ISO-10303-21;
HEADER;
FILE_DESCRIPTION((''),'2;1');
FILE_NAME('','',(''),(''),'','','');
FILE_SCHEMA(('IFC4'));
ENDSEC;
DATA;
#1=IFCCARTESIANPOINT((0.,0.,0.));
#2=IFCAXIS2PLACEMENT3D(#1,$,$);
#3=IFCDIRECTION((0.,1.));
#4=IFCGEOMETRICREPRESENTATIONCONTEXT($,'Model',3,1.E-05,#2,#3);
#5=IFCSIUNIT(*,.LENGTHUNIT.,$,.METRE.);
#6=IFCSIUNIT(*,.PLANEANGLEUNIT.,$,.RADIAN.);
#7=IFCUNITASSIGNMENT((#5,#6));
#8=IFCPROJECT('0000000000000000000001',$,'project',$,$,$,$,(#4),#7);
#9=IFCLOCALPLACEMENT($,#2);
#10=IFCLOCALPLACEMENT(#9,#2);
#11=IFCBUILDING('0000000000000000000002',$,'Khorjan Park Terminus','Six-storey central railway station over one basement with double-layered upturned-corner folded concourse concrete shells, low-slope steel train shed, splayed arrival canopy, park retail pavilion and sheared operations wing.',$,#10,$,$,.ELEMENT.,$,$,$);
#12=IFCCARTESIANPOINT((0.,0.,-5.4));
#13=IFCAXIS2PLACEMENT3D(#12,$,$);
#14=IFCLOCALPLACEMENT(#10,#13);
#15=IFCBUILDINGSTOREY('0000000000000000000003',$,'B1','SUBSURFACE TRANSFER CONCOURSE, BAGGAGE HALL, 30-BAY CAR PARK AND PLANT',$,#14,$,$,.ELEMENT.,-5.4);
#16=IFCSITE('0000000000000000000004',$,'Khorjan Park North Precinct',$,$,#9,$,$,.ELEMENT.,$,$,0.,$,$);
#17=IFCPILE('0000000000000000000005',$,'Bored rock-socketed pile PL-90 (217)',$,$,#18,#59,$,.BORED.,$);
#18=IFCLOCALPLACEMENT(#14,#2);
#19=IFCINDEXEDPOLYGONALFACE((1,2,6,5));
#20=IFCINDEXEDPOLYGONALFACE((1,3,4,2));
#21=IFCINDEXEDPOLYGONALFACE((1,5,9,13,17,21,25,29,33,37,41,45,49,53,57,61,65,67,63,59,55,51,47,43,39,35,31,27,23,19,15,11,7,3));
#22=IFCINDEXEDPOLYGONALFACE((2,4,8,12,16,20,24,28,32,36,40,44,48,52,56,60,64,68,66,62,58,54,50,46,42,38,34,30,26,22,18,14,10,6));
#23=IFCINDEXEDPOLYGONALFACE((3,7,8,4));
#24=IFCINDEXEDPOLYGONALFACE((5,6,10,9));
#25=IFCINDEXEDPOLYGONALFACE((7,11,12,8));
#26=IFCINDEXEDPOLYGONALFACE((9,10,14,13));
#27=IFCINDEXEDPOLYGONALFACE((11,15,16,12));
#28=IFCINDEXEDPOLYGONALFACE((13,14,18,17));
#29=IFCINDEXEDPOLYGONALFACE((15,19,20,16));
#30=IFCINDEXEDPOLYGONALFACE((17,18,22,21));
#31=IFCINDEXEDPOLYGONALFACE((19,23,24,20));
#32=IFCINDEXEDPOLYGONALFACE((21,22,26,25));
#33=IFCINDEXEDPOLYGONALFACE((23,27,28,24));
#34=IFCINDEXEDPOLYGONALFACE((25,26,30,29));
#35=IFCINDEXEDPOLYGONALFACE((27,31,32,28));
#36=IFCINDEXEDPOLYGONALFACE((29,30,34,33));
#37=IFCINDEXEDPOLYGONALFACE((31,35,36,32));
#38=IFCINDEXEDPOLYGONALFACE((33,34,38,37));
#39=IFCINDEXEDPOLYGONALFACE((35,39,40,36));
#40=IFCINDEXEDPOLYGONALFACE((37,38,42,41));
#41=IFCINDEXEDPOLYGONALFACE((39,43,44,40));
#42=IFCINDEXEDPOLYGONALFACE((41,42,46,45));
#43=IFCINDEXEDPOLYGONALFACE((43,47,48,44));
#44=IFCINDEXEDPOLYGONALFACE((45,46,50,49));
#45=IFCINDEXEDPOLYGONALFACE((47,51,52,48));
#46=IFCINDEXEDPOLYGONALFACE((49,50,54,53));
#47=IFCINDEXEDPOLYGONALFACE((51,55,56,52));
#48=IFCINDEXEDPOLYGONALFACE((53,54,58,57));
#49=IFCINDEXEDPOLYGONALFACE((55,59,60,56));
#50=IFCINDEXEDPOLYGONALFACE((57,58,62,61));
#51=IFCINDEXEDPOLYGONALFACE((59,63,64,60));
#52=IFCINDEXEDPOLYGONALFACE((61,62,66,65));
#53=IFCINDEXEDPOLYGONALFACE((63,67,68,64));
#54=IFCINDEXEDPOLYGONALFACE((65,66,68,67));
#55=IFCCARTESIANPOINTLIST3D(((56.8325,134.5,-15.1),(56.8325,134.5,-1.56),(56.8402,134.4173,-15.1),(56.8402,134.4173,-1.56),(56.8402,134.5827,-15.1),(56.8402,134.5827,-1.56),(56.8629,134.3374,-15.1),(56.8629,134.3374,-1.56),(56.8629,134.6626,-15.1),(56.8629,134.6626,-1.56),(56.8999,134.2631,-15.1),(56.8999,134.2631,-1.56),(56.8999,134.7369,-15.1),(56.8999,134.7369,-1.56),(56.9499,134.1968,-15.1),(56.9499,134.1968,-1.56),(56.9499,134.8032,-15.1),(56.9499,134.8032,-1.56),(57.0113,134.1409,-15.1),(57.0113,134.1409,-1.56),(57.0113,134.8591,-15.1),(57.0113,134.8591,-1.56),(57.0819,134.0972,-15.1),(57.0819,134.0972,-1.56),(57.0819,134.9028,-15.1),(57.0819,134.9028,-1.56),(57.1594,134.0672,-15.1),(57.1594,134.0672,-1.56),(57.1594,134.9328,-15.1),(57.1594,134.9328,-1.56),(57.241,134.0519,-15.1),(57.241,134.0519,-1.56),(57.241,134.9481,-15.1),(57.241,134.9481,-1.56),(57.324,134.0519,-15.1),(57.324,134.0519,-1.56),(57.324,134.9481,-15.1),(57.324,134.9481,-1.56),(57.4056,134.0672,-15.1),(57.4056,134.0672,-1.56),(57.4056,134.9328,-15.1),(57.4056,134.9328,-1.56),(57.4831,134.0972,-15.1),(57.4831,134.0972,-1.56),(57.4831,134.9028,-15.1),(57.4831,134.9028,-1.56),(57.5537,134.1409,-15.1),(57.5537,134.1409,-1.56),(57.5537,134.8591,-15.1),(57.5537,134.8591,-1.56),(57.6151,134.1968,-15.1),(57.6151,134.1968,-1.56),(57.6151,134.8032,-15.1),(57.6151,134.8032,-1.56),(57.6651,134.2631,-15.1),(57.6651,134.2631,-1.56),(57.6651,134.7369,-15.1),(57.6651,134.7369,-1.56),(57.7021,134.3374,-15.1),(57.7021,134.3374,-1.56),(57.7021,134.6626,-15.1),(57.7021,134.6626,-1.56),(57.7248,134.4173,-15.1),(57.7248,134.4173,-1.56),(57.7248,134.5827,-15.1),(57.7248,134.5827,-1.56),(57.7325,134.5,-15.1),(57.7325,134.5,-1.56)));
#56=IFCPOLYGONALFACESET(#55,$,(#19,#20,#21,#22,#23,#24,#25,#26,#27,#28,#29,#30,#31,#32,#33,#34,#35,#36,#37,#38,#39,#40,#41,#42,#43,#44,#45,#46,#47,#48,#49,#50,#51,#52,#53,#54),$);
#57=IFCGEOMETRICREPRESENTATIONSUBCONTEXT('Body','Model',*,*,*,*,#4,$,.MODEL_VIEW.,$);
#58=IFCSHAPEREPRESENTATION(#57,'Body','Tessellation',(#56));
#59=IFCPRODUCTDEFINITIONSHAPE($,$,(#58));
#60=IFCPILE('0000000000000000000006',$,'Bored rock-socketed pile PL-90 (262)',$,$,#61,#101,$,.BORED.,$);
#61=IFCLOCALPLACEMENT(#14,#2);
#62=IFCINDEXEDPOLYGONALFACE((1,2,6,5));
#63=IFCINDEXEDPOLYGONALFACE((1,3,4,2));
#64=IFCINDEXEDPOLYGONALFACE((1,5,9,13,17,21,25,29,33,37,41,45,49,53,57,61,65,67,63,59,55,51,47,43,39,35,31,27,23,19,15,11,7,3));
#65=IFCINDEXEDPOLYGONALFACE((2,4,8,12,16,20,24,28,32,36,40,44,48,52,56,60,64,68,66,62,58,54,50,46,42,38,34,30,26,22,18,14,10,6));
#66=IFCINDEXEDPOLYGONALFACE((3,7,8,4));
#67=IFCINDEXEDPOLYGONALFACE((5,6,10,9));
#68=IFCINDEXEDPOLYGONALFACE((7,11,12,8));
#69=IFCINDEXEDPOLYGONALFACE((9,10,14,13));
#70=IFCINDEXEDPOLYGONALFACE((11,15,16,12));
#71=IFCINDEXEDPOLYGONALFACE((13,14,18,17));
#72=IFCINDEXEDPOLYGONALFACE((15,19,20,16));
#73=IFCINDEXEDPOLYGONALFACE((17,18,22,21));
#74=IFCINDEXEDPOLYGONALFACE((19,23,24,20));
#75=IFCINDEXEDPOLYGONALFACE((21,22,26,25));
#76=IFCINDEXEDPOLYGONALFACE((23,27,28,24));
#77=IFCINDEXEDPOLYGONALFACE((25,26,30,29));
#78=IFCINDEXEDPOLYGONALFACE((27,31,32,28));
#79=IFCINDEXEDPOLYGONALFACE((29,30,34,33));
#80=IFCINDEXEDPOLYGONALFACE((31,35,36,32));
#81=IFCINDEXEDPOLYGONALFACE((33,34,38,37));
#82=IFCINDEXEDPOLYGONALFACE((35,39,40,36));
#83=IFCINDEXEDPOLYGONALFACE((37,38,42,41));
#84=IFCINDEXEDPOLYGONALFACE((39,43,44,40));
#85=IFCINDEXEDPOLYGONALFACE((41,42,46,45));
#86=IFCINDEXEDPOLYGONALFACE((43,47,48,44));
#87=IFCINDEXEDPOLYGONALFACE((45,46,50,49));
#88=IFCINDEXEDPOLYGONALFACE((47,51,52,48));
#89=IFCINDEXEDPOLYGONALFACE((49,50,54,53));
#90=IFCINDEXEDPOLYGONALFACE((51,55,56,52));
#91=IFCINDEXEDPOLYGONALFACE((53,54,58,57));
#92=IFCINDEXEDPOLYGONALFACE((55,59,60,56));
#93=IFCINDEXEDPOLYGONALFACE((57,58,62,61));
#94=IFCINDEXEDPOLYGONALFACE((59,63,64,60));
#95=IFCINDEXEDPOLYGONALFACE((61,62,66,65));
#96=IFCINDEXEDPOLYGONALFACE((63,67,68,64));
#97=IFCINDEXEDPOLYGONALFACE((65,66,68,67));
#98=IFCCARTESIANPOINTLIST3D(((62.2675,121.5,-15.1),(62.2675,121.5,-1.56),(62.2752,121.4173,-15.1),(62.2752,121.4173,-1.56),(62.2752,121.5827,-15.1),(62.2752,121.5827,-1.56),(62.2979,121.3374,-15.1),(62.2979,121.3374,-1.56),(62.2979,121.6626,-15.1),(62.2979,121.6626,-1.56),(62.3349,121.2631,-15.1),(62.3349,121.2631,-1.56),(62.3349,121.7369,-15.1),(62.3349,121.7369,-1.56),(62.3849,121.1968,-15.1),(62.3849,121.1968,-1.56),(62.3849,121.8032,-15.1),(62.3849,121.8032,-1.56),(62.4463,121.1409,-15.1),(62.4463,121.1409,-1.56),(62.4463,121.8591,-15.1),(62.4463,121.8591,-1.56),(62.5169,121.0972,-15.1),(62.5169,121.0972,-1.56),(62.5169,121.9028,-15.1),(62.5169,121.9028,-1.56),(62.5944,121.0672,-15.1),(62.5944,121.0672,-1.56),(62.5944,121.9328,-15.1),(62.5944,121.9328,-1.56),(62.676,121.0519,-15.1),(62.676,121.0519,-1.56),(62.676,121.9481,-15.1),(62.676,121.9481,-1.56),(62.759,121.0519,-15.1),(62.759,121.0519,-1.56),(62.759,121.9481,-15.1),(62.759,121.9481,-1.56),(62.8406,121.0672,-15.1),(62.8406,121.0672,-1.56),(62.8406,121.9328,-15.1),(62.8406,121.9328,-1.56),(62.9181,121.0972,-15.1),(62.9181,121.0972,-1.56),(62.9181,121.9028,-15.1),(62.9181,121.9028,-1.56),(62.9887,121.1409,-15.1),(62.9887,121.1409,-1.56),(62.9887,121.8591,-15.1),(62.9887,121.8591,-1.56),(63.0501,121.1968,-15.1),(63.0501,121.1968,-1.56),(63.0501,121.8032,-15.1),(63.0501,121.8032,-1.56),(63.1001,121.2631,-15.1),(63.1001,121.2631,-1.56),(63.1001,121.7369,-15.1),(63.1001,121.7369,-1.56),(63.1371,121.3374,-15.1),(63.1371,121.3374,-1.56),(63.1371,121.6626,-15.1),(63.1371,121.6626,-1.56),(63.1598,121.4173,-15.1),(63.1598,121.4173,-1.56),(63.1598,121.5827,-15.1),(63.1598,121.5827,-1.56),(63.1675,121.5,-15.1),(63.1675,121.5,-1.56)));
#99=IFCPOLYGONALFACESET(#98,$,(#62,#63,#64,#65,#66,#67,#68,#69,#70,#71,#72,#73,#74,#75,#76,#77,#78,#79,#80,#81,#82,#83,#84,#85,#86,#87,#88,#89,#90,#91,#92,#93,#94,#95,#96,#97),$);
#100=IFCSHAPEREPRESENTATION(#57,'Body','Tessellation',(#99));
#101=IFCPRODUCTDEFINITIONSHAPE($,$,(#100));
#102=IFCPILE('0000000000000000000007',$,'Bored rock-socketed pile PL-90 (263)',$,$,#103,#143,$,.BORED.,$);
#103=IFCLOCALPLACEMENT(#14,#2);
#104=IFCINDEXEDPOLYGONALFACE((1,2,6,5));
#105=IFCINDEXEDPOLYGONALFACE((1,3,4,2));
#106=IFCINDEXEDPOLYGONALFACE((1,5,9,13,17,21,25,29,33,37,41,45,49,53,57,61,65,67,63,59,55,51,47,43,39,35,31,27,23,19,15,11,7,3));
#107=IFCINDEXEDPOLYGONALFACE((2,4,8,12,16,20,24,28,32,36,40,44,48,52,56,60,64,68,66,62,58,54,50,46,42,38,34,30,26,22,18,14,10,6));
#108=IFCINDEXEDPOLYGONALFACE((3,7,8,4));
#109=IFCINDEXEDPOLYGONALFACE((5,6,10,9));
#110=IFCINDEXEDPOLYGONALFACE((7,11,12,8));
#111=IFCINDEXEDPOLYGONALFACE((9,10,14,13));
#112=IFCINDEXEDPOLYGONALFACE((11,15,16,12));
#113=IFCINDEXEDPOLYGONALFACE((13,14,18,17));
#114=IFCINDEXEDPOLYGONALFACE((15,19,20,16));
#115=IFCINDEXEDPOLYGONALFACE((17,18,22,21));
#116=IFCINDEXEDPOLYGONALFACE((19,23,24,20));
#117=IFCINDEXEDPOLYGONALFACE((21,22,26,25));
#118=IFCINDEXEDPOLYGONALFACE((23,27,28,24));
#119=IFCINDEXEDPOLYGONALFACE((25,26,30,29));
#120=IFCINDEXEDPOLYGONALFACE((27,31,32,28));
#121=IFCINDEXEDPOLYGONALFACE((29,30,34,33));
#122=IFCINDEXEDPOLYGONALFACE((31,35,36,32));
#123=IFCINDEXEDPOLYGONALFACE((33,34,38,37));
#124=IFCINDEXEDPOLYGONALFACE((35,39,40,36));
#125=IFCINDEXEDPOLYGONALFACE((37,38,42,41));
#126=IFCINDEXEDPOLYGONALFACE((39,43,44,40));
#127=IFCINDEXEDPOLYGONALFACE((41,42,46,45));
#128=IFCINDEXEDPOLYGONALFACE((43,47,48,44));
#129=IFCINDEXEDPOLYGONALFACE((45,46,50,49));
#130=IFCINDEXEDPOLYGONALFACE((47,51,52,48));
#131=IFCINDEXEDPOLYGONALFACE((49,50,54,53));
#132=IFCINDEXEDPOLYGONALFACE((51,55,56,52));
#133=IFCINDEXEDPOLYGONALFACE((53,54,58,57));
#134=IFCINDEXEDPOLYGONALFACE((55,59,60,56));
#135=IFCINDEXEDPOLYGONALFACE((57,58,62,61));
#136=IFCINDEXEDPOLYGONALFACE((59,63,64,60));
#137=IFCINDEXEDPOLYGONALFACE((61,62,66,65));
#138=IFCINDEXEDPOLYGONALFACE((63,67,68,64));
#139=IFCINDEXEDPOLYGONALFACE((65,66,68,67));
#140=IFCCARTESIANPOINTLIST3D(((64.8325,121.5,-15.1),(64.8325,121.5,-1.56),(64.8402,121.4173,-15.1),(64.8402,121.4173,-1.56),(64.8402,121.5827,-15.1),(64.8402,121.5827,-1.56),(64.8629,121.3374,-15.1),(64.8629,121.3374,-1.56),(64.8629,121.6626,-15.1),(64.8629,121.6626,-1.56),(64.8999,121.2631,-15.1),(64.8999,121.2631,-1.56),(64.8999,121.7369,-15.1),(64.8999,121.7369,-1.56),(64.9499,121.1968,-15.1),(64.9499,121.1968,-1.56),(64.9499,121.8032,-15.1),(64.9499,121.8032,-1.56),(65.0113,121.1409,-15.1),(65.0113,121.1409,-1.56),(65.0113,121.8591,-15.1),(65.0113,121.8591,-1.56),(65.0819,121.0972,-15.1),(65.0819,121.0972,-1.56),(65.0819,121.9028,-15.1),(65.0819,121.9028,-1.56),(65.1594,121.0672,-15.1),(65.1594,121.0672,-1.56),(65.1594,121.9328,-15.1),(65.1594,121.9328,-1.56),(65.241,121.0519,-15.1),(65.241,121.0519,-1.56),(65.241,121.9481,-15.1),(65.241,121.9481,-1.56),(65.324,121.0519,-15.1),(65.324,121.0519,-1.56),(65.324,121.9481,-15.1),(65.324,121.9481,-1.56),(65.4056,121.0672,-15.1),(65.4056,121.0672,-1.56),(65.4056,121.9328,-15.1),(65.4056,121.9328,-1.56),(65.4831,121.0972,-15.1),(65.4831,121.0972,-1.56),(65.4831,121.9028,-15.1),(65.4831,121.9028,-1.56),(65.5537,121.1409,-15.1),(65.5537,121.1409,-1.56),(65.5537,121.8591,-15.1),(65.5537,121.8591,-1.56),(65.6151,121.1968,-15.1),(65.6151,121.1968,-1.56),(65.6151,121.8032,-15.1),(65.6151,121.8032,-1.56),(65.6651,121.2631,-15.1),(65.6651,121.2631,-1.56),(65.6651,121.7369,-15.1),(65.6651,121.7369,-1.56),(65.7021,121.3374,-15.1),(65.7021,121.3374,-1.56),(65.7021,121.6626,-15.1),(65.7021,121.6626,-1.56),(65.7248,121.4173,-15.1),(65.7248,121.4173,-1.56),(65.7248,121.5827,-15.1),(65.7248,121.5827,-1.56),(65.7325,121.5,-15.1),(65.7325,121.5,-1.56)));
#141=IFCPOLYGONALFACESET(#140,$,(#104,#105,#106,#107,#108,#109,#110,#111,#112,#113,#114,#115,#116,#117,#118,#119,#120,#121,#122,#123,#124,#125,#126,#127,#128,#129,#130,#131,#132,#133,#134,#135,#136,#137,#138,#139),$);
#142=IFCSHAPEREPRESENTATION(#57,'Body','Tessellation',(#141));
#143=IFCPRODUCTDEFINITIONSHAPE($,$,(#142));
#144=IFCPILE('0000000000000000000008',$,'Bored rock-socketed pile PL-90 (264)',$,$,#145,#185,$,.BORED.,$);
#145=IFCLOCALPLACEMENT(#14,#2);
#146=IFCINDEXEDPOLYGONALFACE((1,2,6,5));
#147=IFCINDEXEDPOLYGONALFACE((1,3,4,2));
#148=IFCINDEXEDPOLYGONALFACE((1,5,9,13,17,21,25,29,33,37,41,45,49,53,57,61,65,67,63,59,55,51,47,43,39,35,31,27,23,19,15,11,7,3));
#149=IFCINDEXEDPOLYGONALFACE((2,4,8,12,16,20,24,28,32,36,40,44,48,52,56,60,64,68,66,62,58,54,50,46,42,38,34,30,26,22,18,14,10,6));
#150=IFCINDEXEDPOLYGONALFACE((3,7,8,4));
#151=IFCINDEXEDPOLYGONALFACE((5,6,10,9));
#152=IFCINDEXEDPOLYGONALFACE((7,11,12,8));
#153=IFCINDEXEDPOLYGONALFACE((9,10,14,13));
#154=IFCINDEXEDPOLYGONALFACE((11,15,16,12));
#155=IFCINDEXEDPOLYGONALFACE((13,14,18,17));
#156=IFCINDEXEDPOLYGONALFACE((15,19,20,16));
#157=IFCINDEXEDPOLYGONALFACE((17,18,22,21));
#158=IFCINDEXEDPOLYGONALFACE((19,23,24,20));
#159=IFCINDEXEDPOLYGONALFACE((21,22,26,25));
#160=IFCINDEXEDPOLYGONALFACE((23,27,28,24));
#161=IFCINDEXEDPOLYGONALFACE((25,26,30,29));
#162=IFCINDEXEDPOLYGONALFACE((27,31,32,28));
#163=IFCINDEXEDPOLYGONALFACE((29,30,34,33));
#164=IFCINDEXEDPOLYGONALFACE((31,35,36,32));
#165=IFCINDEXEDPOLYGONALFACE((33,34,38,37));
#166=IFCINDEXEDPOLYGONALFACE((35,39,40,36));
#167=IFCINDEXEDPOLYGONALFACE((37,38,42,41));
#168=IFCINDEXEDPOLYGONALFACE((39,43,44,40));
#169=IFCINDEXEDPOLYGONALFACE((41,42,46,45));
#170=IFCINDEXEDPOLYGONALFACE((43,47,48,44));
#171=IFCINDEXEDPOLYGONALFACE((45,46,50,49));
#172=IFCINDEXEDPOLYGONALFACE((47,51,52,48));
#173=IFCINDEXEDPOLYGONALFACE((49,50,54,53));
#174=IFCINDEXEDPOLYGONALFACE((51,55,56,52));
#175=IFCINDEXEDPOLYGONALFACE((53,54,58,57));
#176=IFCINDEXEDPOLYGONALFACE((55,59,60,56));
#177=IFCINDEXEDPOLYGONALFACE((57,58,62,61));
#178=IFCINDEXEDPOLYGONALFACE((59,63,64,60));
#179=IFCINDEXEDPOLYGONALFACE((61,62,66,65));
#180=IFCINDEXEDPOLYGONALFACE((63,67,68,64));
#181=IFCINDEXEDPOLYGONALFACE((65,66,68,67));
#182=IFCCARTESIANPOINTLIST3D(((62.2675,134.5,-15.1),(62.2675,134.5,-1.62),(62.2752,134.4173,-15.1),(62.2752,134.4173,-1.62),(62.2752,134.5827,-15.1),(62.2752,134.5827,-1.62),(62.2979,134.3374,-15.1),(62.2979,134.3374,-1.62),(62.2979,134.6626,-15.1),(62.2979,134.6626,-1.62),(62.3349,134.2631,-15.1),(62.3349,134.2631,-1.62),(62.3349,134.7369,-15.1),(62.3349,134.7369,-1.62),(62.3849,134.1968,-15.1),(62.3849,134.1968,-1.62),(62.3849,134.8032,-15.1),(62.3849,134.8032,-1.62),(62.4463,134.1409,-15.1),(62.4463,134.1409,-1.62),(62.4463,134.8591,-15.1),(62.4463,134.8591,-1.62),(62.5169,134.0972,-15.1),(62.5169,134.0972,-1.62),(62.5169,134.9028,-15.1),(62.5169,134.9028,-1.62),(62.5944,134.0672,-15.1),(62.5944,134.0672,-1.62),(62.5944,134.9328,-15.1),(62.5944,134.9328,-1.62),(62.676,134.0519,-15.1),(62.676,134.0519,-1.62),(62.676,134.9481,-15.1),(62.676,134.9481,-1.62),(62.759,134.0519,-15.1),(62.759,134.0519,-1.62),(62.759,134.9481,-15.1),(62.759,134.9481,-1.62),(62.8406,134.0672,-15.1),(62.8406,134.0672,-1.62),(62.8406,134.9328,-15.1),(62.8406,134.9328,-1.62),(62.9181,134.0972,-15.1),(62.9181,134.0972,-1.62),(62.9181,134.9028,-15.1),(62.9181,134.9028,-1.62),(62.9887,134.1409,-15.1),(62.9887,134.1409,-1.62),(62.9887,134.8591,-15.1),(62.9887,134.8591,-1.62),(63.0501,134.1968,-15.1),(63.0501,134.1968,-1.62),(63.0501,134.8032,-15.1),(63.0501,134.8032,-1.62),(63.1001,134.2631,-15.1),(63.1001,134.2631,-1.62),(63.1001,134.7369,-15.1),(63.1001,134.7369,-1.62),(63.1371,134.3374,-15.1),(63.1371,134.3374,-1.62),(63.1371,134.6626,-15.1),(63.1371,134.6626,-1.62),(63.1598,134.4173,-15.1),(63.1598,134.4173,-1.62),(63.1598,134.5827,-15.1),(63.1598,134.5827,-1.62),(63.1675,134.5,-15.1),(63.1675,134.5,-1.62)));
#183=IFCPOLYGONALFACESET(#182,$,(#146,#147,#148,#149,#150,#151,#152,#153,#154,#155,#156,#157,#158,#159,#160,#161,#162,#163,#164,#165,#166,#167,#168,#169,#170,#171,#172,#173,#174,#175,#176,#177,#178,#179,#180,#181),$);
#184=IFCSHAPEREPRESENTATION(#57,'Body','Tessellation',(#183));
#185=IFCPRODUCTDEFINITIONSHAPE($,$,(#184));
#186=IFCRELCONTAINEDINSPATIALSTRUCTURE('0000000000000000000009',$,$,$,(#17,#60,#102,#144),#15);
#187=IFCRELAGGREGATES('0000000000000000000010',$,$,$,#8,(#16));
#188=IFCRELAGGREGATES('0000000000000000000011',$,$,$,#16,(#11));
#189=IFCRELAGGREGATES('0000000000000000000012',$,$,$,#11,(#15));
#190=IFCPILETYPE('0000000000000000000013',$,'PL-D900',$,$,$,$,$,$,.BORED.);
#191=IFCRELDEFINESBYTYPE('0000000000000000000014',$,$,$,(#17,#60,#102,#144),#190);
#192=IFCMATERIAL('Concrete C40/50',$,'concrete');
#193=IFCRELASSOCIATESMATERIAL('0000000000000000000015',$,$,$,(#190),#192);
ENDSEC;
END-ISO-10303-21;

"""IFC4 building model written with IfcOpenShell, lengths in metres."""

from ifc_helpers import new_model, si_unit, direction, frame, origin, origin_2d, place, context, subcontext, project, spatial, circle, extrude, material, material_profile, profile_set, type_object, element, save


model = new_model("IFC4")

# Units and contexts
model_context = context("Model", 3, precision=1e-05, world=origin(), true_north=direction((0.0, 1.0)))
body_context = subcontext(model_context, "Body", "Model", "MODEL_VIEW")
ifc_project = project(units=[si_unit("LENGTHUNIT", "METRE"), si_unit("PLANEANGLEUNIT", "RADIAN")], contexts=[model_context])

# Site, building, storey
site_placement = place(None, origin())
site = spatial("IfcSite", under=ifc_project, at=site_placement, Name="Khorjan Park North Precinct", CompositionType="ELEMENT", RefElevation=0.0)
building_placement = place(site_placement, origin())
building = spatial("IfcBuilding", under=site, at=building_placement, Name="Khorjan Park Terminus", Description="Six-storey central railway station over one basement with double-layered upturned-corner folded concourse concrete shells, low-slope steel train shed, splayed arrival canopy, park retail pavilion and sheared operations wing.", CompositionType="ELEMENT")
storey_placement = place(building_placement, frame((0.0, 0.0, -5.4)))
storey = spatial("IfcBuildingStorey", under=building, at=storey_placement, Name="B1", Description="SUBSURFACE TRANSFER CONCOURSE, BAGGAGE HALL, 30-BAY CAR PARK AND PLANT", CompositionType="ELEMENT", Elevation=-5.4)

# Shared definitions
ifc_material_1 = material(Name="Concrete C40/50", Category="concrete")

# Piles
ifc_material_profile_1 = material_profile(ifc_material_1, circle(Radius=0.45, at=origin_2d()), Name="BORED D900")
ifc_profile_set_1 = profile_set([ifc_material_profile_1], Name="Concrete C40/50")
pile_type_1 = type_object("IfcPileType", Name="PL-D900", PredefinedType="BORED", material=ifc_profile_set_1)
for number, where, z_axis, x_axis, name in (
    (1, (57.2825, 134.5, -1.56), (0.0, 0.0, -1.0), (1.0, 0.0, 0.0), "Bored rock-socketed pile PL-90 (217)"),
    (2, (62.7175, 121.5, -1.56), (0.0, 0.0, -1.0), (1.0, 0.0, 0.0), "Bored rock-socketed pile PL-90 (262)"),
    (3, (65.2825, 121.5, -1.56), (0.0, 0.0, -1.0), (1.0, 0.0, 0.0), "Bored rock-socketed pile PL-90 (263)"),
):
    element("IfcPile", number, at=place(storey_placement, frame(where, z_axis=z_axis, x_axis=x_axis)), inside=storey, type_object=pile_type_1, Name=name, PredefinedType="BORED", context=body_context, shape_type="SweptSolid", body=[
        extrude(circle(Radius=0.45, at=origin_2d()), origin(), (0.0, 0.0, 1.0), 13.54),
    ])
for number, where, z_axis, x_axis, name in (
    (4, (62.7175, 134.5, -1.62), (0.0, 0.0, -1.0), (1.0, 0.0, 0.0), "Bored rock-socketed pile PL-90 (264)"),
):
    element("IfcPile", number, at=place(storey_placement, frame(where, z_axis=z_axis, x_axis=x_axis)), inside=storey, type_object=pile_type_1, Name=name, PredefinedType="BORED", context=body_context, shape_type="SweptSolid", body=[
        extrude(circle(Radius=0.45, at=origin_2d()), origin(), (0.0, 0.0, 1.0), 13.48),
    ])

save(model, "model.ifc")
